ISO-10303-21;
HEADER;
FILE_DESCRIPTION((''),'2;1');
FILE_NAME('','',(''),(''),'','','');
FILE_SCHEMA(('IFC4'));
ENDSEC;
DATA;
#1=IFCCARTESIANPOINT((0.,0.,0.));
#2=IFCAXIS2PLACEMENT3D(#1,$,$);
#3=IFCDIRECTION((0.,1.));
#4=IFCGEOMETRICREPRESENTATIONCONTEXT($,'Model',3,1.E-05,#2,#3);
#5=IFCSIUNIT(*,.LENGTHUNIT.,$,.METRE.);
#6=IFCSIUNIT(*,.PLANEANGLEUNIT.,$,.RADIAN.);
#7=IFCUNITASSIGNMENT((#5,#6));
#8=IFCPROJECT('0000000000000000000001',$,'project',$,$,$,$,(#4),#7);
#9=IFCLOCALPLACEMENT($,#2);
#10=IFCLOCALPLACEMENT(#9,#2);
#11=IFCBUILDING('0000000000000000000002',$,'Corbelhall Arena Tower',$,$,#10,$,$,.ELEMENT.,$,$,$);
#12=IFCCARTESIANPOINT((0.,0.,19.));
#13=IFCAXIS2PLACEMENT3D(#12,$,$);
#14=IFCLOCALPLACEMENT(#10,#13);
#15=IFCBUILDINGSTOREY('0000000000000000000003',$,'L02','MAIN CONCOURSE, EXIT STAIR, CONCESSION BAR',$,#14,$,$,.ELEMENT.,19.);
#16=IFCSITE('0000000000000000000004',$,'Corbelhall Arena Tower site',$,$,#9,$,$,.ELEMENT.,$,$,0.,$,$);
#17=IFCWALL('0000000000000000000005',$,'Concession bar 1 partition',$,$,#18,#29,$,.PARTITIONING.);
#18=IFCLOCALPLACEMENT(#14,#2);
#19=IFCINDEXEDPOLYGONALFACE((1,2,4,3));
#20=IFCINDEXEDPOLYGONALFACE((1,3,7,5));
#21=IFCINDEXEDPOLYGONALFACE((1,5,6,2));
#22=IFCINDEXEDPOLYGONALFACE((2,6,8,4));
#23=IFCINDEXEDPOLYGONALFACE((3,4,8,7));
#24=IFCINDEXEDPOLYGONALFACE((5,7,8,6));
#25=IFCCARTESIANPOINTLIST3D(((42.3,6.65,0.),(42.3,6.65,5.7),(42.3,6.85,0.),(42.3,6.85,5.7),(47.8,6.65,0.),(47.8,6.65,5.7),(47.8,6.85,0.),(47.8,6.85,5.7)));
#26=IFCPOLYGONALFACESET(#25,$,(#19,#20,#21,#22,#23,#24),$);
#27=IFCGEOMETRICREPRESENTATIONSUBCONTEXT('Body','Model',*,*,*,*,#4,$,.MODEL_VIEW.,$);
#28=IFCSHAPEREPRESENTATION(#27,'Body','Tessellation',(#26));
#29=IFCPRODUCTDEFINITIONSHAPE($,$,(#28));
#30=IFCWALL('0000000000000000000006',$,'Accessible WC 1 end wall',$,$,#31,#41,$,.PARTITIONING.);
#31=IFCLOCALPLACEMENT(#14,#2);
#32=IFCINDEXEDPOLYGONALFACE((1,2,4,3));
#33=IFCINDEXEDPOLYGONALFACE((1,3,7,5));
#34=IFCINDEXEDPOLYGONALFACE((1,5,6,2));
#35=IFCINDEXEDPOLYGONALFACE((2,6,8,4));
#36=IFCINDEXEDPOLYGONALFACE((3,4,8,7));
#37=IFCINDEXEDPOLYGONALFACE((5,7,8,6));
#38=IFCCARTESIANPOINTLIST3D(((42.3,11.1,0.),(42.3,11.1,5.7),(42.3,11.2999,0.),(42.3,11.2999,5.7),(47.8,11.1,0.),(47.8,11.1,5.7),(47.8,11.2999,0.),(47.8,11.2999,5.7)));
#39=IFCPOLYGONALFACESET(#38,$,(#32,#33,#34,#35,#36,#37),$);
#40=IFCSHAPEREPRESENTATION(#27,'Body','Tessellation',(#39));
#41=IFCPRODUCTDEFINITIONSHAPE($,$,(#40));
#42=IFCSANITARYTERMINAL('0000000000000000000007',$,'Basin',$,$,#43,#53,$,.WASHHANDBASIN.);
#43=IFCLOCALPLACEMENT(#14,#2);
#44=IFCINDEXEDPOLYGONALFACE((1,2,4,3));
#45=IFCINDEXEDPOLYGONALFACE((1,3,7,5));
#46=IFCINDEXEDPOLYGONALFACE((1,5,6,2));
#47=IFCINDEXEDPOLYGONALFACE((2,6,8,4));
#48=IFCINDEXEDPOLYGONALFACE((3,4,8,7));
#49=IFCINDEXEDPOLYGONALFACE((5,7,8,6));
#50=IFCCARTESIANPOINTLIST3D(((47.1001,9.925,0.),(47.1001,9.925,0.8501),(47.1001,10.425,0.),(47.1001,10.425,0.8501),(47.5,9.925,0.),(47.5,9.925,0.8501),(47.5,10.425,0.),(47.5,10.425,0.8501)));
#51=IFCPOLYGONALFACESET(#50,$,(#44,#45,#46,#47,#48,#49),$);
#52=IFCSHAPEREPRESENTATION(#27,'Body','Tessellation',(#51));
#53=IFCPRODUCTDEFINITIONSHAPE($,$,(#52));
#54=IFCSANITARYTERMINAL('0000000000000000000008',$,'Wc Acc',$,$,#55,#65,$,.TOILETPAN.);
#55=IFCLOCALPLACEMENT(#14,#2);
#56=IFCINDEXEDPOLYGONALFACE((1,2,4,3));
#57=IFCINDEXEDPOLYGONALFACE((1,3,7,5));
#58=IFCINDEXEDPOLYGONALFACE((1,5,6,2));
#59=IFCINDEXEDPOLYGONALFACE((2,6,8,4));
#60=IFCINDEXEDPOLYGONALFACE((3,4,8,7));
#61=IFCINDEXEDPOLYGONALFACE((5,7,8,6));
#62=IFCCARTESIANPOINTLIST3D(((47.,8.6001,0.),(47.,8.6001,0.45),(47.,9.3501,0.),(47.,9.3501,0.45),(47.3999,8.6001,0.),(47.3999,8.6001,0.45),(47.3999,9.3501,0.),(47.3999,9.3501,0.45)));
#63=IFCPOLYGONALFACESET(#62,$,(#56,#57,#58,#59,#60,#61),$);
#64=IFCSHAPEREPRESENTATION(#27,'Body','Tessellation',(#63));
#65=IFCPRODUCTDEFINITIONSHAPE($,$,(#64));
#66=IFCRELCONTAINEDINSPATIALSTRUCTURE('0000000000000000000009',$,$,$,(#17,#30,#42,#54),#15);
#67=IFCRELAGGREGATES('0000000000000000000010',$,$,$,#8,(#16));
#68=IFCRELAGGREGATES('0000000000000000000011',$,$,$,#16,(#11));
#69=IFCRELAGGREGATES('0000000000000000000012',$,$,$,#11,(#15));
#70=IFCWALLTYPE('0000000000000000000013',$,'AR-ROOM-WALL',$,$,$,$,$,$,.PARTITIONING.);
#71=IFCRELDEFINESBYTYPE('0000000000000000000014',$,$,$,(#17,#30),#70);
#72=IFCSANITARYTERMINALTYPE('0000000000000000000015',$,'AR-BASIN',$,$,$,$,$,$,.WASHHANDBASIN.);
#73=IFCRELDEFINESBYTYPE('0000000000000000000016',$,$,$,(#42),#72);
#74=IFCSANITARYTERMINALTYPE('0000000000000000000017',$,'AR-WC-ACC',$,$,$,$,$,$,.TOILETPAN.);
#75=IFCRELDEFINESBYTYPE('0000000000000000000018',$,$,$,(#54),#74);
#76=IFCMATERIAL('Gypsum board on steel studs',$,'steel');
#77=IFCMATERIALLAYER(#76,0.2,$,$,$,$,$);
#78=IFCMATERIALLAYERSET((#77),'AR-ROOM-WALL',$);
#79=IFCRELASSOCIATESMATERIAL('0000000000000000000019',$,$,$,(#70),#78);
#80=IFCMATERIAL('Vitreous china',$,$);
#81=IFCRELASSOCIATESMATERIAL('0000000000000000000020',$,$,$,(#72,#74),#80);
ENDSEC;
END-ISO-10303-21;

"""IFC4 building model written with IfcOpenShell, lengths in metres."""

from ifc_helpers import new_model, si_unit, direction, frame, frame_2d, origin, origin_2d, place, context, subcontext, project, spatial, rectangle, extrude, material, layer, layer_set, type_object, element, save


model = new_model("IFC4")

# Units and contexts
model_context = context("Model", 3, precision=1e-05, world=origin(), true_north=direction((0.0, 1.0)))
body_context = subcontext(model_context, "Body", "Model", "MODEL_VIEW")
ifc_project = project(units=[si_unit("LENGTHUNIT", "METRE"), si_unit("PLANEANGLEUNIT", "RADIAN")], contexts=[model_context])

# Site, building, storey
site_placement = place(None, origin())
site = spatial("IfcSite", under=ifc_project, at=site_placement, Name="Corbelhall Arena Tower site", CompositionType="ELEMENT", RefElevation=0.0)
building_placement = place(site_placement, origin())
building = spatial("IfcBuilding", under=site, at=building_placement, Name="Corbelhall Arena Tower", CompositionType="ELEMENT")
storey_placement = place(building_placement, frame((0.0, 0.0, 19.0)))
storey = spatial("IfcBuildingStorey", under=building, at=storey_placement, Name="L02", Description="MAIN CONCOURSE, EXIT STAIR, CONCESSION BAR", CompositionType="ELEMENT", Elevation=19.0)

# Walls
ifc_material_1 = material(Name="Gypsum board on steel studs", Category="steel")
ifc_layer_1 = layer(ifc_material_1, 0.2)
ifc_layer_set_1 = layer_set([ifc_layer_1], Name="AR-ROOM-WALL")
wall_type_1 = type_object("IfcWallType", Name="AR-ROOM-WALL", PredefinedType="PARTITIONING", material=ifc_layer_set_1)
for number, where, z_axis, x_axis, name in (
    (1, (42.3, 6.75, 0.0), (0.0, 0.0, 1.0), (1.0, 0.0, 0.0), "Concession bar 1 partition"),
    (2, (42.3, 11.2, 0.0), (0.0, 0.0, 1.0), (1.0, 0.0, 0.0), "Accessible WC 1 end wall"),
):
    element("IfcWall", number, at=place(storey_placement, frame(where, z_axis=z_axis, x_axis=x_axis)), inside=storey, type_object=wall_type_1, Name=name, PredefinedType="PARTITIONING", context=body_context, shape_type="SweptSolid", body=[
        extrude(rectangle(XDim=5.5, YDim=0.2, at=frame_2d((2.75, 0.0))), origin(), (0.0, 0.0, 1.0), 5.7),
    ])

# Sanitary terminals
ifc_material_2 = material(Name="Vitreous china")
sanitary_terminal_type_1 = type_object("IfcSanitaryTerminalType", Name="AR-BASIN", PredefinedType="WASHHANDBASIN", material=ifc_material_2)
sanitary_terminal_1_placement = place(storey_placement, frame((47.3, 10.175, 0.0), z_axis=(0.0, 0.0, 1.0), x_axis=(1.0, 0.0, 0.0)))
element("IfcSanitaryTerminal", 3, at=sanitary_terminal_1_placement, inside=storey, type_object=sanitary_terminal_type_1, Name="Basin", PredefinedType="WASHHANDBASIN", context=body_context, shape_type="SweptSolid", body=[
    extrude(rectangle(XDim=0.3999, YDim=0.5, at=origin_2d()), origin(), (0.0, 0.0, 1.0), 0.8501),
])
sanitary_terminal_type_2 = type_object("IfcSanitaryTerminalType", Name="AR-WC-ACC", PredefinedType="TOILETPAN", material=ifc_material_2)
sanitary_terminal_2_placement = place(storey_placement, frame((47.2, 8.9751, 0.0), z_axis=(0.0, 0.0, 1.0), x_axis=(1.0, 0.0, 0.0)))
element("IfcSanitaryTerminal", 4, at=sanitary_terminal_2_placement, inside=storey, type_object=sanitary_terminal_type_2, Name="Wc Acc", PredefinedType="TOILETPAN", context=body_context, shape_type="SweptSolid", body=[
    extrude(rectangle(XDim=0.3999, YDim=0.75, at=origin_2d()), origin(), (0.0, 0.0, 1.0), 0.45),
])

save(model, "model.ifc")
